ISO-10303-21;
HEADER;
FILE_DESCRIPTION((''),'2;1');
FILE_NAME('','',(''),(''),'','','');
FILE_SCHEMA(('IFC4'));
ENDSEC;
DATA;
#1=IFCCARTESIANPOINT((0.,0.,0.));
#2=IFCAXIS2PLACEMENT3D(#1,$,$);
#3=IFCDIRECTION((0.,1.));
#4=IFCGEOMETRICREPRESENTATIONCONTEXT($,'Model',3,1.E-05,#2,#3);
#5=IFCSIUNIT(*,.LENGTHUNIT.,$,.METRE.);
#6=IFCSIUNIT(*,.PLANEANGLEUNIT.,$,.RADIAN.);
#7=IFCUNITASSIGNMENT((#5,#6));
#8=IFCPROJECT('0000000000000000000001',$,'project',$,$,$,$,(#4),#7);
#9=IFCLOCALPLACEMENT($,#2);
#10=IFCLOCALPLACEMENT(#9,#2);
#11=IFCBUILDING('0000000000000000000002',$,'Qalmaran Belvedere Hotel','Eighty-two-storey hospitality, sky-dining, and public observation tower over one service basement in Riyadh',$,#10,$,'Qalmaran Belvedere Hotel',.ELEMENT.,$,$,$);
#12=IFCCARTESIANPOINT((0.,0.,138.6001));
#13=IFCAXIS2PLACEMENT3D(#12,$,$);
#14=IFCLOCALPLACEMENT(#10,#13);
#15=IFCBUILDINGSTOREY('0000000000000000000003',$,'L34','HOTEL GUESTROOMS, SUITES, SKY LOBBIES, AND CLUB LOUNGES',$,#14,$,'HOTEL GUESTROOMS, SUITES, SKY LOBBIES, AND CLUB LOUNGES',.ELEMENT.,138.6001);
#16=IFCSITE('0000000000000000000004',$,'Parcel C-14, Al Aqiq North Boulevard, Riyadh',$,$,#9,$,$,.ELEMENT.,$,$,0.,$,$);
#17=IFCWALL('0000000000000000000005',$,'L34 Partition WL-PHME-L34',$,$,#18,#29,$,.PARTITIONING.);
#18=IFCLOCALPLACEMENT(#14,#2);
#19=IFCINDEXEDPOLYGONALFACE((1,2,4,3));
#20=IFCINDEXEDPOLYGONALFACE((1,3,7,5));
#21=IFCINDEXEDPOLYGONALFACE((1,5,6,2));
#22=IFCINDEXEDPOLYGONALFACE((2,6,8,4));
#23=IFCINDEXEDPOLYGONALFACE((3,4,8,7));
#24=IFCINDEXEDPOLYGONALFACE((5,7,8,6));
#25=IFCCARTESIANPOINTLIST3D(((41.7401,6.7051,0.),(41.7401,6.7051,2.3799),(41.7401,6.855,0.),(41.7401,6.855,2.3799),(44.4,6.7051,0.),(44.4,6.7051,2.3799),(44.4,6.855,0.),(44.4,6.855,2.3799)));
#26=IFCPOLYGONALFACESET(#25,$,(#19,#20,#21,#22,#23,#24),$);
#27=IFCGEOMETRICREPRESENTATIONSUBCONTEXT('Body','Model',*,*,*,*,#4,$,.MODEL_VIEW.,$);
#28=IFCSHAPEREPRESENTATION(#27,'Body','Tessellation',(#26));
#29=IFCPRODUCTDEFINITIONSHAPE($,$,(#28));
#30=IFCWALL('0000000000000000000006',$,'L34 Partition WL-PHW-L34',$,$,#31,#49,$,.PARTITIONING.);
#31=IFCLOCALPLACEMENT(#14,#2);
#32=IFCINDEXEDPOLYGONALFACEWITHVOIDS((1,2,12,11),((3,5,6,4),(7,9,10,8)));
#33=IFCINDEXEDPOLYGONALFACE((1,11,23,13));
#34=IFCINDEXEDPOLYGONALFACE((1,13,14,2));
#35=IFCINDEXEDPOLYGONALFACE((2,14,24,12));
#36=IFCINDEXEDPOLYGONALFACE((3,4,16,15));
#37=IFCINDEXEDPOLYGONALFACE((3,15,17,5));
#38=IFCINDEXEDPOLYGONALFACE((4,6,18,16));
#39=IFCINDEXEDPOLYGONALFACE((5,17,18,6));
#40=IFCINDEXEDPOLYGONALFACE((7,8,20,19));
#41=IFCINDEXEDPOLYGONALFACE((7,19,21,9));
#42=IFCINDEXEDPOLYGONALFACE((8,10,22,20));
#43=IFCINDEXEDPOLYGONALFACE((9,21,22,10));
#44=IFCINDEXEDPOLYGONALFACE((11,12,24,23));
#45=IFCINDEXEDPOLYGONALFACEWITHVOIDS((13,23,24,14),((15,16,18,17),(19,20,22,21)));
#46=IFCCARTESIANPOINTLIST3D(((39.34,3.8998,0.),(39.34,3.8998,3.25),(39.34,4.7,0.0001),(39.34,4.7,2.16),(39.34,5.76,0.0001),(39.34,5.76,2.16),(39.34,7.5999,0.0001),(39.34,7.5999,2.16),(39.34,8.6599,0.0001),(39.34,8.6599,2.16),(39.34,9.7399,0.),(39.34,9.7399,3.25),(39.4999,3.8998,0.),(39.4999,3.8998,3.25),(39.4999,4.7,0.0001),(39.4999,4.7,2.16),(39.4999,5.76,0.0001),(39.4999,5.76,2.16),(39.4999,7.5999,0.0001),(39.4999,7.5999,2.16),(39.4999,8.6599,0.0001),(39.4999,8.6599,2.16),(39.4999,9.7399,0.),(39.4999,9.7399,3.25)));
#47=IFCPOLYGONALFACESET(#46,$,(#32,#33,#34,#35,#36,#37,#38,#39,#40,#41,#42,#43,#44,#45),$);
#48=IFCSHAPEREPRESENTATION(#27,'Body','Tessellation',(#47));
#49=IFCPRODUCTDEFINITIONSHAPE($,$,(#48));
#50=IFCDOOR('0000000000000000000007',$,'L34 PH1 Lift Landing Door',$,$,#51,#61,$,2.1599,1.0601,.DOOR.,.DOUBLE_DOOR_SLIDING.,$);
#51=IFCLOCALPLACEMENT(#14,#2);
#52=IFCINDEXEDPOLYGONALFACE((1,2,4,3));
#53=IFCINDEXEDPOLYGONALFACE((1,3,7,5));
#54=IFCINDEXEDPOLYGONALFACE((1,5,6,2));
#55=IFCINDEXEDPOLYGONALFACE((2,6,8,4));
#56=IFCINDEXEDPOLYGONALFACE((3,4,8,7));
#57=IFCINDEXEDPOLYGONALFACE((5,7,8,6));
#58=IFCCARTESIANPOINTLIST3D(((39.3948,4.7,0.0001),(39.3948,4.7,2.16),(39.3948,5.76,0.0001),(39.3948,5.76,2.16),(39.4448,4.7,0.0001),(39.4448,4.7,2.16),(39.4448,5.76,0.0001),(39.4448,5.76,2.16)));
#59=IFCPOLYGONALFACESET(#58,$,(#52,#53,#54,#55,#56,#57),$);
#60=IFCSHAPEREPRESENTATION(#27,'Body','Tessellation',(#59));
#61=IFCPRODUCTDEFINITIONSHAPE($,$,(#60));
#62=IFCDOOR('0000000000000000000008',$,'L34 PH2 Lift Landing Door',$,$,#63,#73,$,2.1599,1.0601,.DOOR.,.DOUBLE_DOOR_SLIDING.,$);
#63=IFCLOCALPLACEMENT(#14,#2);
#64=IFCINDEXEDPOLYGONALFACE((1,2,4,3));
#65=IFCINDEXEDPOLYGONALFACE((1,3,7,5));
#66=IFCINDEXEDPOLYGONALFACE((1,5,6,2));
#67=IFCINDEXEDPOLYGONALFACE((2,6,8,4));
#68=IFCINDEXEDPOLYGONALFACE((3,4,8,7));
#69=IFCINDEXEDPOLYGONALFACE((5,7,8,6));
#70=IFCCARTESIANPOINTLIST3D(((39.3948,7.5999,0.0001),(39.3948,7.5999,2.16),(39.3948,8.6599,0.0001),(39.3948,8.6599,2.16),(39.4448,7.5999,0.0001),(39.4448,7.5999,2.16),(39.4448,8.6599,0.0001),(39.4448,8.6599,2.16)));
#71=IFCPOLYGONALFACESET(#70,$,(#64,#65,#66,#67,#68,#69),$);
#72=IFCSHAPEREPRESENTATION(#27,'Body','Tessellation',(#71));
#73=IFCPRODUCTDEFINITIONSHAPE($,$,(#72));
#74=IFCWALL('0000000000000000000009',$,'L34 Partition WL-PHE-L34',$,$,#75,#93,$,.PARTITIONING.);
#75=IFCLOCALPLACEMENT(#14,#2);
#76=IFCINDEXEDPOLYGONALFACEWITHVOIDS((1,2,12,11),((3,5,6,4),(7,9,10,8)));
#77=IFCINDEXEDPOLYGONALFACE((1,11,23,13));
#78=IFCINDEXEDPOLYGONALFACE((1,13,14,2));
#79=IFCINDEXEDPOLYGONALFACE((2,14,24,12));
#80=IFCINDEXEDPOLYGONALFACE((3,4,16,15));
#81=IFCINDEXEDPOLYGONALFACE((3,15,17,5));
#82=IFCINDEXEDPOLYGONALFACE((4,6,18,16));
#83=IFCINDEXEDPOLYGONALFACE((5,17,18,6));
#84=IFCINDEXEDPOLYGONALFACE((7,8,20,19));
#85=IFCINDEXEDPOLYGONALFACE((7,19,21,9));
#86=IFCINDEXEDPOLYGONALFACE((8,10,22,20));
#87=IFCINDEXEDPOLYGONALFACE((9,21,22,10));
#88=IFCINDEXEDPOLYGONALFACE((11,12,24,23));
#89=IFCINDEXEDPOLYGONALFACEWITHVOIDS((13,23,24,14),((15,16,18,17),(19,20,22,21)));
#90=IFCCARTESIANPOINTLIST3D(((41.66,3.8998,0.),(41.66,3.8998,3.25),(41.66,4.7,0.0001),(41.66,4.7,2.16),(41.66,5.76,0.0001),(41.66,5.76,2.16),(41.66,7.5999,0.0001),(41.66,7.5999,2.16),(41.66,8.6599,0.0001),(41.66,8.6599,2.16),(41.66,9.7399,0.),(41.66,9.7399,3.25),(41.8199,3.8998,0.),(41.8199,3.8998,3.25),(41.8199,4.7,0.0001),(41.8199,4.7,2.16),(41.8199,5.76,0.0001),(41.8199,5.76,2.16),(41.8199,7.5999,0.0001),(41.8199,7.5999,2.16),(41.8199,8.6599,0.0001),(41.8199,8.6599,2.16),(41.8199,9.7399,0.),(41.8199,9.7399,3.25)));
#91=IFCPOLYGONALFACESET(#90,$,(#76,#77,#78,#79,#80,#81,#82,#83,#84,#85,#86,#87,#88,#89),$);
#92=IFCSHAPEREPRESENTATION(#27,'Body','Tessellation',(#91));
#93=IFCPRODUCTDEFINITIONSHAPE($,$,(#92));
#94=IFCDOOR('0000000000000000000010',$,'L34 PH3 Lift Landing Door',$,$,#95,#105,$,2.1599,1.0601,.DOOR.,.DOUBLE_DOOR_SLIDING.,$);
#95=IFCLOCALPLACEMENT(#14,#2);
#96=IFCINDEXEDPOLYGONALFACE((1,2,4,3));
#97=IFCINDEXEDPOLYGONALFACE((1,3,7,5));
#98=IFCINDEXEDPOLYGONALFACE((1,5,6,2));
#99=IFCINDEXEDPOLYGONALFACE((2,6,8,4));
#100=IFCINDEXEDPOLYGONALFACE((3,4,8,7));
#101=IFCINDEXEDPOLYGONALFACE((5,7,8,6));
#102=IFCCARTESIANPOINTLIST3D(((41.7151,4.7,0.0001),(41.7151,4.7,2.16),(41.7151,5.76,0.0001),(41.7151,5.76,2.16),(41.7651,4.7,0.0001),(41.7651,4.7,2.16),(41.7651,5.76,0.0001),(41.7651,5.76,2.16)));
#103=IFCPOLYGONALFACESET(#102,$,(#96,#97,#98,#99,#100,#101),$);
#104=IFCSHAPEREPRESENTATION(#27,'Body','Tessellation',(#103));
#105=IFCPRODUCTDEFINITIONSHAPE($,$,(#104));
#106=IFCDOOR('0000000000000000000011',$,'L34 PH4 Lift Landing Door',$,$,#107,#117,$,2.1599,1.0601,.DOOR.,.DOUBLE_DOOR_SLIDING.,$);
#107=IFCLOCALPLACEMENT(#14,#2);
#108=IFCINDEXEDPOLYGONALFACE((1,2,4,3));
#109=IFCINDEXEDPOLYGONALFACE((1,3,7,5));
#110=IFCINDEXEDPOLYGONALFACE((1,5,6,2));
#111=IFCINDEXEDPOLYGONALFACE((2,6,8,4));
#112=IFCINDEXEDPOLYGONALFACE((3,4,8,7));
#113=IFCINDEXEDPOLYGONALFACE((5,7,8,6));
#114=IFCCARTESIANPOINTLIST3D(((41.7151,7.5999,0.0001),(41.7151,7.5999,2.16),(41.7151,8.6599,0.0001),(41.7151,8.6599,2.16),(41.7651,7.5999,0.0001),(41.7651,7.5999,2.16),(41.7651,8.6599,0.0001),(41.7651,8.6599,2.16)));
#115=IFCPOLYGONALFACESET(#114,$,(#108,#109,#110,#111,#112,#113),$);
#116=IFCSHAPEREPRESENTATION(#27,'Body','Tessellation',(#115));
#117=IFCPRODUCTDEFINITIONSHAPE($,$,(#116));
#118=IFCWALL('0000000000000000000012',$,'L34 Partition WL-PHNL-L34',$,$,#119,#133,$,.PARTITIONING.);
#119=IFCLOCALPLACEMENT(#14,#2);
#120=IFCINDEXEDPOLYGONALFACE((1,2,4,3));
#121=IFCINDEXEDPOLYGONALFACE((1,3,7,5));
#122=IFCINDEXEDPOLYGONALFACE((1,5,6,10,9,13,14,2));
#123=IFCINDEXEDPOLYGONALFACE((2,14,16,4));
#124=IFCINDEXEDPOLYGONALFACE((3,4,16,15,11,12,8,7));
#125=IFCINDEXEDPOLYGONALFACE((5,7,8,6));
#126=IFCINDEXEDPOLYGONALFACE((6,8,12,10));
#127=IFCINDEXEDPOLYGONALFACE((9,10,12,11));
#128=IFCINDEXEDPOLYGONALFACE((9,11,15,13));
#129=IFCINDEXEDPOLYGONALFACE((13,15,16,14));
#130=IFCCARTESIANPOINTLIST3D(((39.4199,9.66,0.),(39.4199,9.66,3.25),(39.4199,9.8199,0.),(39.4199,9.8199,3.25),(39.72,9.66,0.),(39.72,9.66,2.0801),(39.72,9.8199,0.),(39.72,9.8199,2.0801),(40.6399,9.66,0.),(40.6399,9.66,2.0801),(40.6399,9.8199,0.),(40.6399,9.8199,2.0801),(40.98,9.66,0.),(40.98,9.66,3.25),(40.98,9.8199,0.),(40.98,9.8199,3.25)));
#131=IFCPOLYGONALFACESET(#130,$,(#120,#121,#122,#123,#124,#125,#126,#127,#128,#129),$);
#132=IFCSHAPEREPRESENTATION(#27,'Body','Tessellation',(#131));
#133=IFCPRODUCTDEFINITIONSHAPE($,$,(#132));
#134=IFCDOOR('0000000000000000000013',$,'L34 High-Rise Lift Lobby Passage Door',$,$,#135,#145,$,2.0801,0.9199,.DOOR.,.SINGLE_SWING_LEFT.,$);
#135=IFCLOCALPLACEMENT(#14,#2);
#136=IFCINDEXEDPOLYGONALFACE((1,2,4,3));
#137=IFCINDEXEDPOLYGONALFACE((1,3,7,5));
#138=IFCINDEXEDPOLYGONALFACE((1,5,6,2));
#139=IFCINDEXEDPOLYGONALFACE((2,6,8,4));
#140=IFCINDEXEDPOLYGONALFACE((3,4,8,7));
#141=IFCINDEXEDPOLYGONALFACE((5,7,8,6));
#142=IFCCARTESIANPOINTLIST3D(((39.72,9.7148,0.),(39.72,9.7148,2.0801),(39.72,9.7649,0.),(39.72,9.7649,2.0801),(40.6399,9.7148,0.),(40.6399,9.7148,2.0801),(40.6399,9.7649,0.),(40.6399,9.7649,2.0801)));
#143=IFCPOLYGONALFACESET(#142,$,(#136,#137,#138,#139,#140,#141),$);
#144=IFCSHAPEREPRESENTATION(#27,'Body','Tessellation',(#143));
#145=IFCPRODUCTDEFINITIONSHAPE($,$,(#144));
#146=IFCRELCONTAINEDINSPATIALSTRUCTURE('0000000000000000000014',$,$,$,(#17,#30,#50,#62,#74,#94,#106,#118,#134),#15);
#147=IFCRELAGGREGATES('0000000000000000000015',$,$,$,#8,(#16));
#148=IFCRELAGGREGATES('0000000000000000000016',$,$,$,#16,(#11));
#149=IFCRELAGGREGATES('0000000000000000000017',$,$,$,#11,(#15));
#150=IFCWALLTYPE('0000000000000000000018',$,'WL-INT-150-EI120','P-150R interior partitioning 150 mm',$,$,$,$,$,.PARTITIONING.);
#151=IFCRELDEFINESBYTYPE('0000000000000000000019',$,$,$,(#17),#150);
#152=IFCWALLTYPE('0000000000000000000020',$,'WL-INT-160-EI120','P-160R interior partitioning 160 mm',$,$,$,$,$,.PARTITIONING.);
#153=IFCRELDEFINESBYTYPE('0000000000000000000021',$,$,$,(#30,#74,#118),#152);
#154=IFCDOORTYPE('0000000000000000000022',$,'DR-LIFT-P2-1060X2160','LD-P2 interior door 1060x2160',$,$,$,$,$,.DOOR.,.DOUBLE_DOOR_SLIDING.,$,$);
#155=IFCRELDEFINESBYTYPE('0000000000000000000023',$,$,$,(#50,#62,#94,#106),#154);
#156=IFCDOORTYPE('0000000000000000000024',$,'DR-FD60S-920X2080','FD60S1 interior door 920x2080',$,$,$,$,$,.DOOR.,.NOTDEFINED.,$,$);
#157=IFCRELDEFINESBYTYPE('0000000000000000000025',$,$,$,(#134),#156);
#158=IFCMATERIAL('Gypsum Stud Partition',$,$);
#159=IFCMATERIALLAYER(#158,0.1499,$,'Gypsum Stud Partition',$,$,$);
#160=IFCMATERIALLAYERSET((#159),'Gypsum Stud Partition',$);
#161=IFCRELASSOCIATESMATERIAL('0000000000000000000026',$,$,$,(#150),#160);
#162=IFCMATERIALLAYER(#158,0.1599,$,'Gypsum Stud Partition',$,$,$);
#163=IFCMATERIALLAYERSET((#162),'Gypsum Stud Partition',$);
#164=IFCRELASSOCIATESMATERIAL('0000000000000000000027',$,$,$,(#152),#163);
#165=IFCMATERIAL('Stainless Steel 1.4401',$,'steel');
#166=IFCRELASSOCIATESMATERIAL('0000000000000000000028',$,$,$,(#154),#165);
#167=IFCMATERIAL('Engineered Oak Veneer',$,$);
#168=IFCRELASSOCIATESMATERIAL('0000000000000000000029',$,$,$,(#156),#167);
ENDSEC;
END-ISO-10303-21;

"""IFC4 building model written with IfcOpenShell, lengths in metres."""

from ifc_helpers import new_model, si_unit, direction, frame, frame_2d, origin, place, context, subcontext, project, spatial, rectangle, extrude, material, layer, layer_set, type_object, element, fill, save


model = new_model("IFC4")

# Units and contexts
model_context = context("Model", 3, precision=1e-05, world=origin(), true_north=direction((0.0, 1.0)))
body_context = subcontext(model_context, "Body", "Model", "MODEL_VIEW")
ifc_project = project(units=[si_unit("LENGTHUNIT", "METRE"), si_unit("PLANEANGLEUNIT", "RADIAN")], contexts=[model_context])

# Site, building, storey
site_placement = place(None, origin())
site = spatial("IfcSite", under=ifc_project, at=site_placement, Name="Parcel C-14, Al Aqiq North Boulevard, Riyadh", CompositionType="ELEMENT", RefElevation=0.0)
building_placement = place(site_placement, origin())
building = spatial("IfcBuilding", under=site, at=building_placement, Name="Qalmaran Belvedere Hotel", Description="Eighty-two-storey hospitality, sky-dining, and public observation tower over one service basement in Riyadh", LongName="Qalmaran Belvedere Hotel", CompositionType="ELEMENT")
storey_placement = place(building_placement, frame((0.0, 0.0, 138.6001)))
storey = spatial("IfcBuildingStorey", under=building, at=storey_placement, Name="L34", Description="HOTEL GUESTROOMS, SUITES, SKY LOBBIES, AND CLUB LOUNGES", LongName="HOTEL GUESTROOMS, SUITES, SKY LOBBIES, AND CLUB LOUNGES", CompositionType="ELEMENT", Elevation=138.6001)

# Wall
ifc_material_1 = material(Name="Gypsum Stud Partition")
ifc_layer_1 = layer(ifc_material_1, 0.1499, Name="Gypsum Stud Partition")
ifc_layer_set_1 = layer_set([ifc_layer_1], Name="Gypsum Stud Partition")
wall_type_1 = type_object("IfcWallType", Name="WL-INT-150-EI120", Description="P-150R interior partitioning 150 mm", PredefinedType="PARTITIONING", material=ifc_layer_set_1)
wall_1_placement = place(storey_placement, frame((41.74, 6.78, 0.0), z_axis=(0.0, 0.0, 1.0), x_axis=(1.0, 0.0, 0.0)))
element("IfcWall", 1, at=wall_1_placement, inside=storey, type_object=wall_type_1, Name="L34 Partition WL-PHME-L34", PredefinedType="PARTITIONING", context=body_context, shape_type="SweptSolid", body=[
    extrude(rectangle(XDim=2.6599, YDim=0.1499, at=frame_2d((1.3301, 0.0))), origin(), (0.0, 0.0, 1.0), 2.3799),
])

# Walls, openings, doors
ifc_layer_2 = layer(ifc_material_1, 0.1599, Name="Gypsum Stud Partition")
ifc_layer_set_2 = layer_set([ifc_layer_2], Name="Gypsum Stud Partition")
wall_type_2 = type_object("IfcWallType", Name="WL-INT-160-EI120", Description="P-160R interior partitioning 160 mm", PredefinedType="PARTITIONING", material=ifc_layer_set_2)
wall_2_placement = place(storey_placement, frame((39.4199, 3.8999, 0.0), z_axis=(0.0, 0.0, 1.0), x_axis=(0.0, 1.0, 0.0)))
wall_2 = element("IfcWall", 2, at=wall_2_placement, inside=storey, type_object=wall_type_2, Name="L34 Partition WL-PHW-L34", PredefinedType="PARTITIONING", context=body_context, shape_type="SweptSolid", body=[
    extrude(rectangle(XDim=5.8401, YDim=0.1599, at=frame_2d((2.9199, 0.0))), origin(), (0.0, 0.0, 1.0), 3.25),
])
opening_1_placement = place(wall_2_placement, frame((1.8601, 0.0, 0.0), z_axis=(0.0, 0.0, 1.0), x_axis=(-1.0, 0.0, 0.0)))
opening_1 = element("IfcOpeningElement", 3, at=opening_1_placement, cuts=wall_2, PredefinedType="OPENING", context=body_context, shape_type="SweptSolid", body=[
    extrude(rectangle(XDim=1.0601, YDim=2.1599, at=frame_2d((0.53, 1.0801))), frame((0.0, 0.0898, 0.0), z_axis=(0.0, -1.0, 0.0), x_axis=(1.0, 0.0, 0.0)), (0.0, 0.0, 1.0), 0.1799),
])
opening_2_placement = place(wall_2_placement, frame((4.76, 0.0, 0.0), z_axis=(0.0, 0.0, 1.0), x_axis=(-1.0, 0.0, 0.0)))
opening_2 = element("IfcOpeningElement", 4, at=opening_2_placement, cuts=wall_2, PredefinedType="OPENING", context=body_context, shape_type="SweptSolid", body=[
    extrude(rectangle(XDim=1.0601, YDim=2.1599, at=frame_2d((0.53, 1.0801))), frame((0.0, 0.0898, 0.0), z_axis=(0.0, -1.0, 0.0), x_axis=(1.0, 0.0, 0.0)), (0.0, 0.0, 1.0), 0.1799),
])
ifc_material_2 = material(Name="Stainless Steel 1.4401", Category="steel")
door_type_1 = type_object("IfcDoorType", Name="DR-LIFT-P2-1060X2160", Description="LD-P2 interior door 1060x2160", OperationType="DOUBLE_DOOR_SLIDING", PredefinedType="DOOR", material=ifc_material_2)
door_1_placement = place(opening_1_placement, origin())
door_1 = element("IfcDoor", 5, at=door_1_placement, inside=storey, type_object=door_type_1, Name="L34 PH1 Lift Landing Door", OperationType="DOUBLE_DOOR_SLIDING", OverallHeight=2.1599, OverallWidth=1.0601, PredefinedType="DOOR", context=body_context, shape_type="SweptSolid", body=[
    extrude(rectangle(XDim=1.0601, YDim=2.1599, at=frame_2d((0.53, 1.0801))), frame((0.0, 0.0249, 0.0), z_axis=(0.0, -1.0, 0.0), x_axis=(1.0, 0.0, 0.0)), (0.0, 0.0, 1.0), 0.05),
])
fill(opening_1, door_1)
door_2_placement = place(opening_2_placement, origin())
door_2 = element("IfcDoor", 6, at=door_2_placement, inside=storey, type_object=door_type_1, Name="L34 PH2 Lift Landing Door", OperationType="DOUBLE_DOOR_SLIDING", OverallHeight=2.1599, OverallWidth=1.0601, PredefinedType="DOOR", context=body_context, shape_type="SweptSolid", body=[
    extrude(rectangle(XDim=1.0601, YDim=2.1599, at=frame_2d((0.53, 1.0801))), frame((0.0, 0.0249, 0.0), z_axis=(0.0, -1.0, 0.0), x_axis=(1.0, 0.0, 0.0)), (0.0, 0.0, 1.0), 0.05),
])
fill(opening_2, door_2)
wall_3_placement = place(storey_placement, frame((41.74, 3.8999, 0.0), z_axis=(0.0, 0.0, 1.0), x_axis=(0.0, 1.0, 0.0)))
wall_3 = element("IfcWall", 7, at=wall_3_placement, inside=storey, type_object=wall_type_2, Name="L34 Partition WL-PHE-L34", PredefinedType="PARTITIONING", context=body_context, shape_type="SweptSolid", body=[
    extrude(rectangle(XDim=5.8401, YDim=0.1599, at=frame_2d((2.9199, 0.0))), origin(), (0.0, 0.0, 1.0), 3.25),
])
opening_3_placement = place(wall_3_placement, frame((0.8, 0.0, 0.0)))
opening_3 = element("IfcOpeningElement", 8, at=opening_3_placement, cuts=wall_3, PredefinedType="OPENING", context=body_context, shape_type="SweptSolid", body=[
    extrude(rectangle(XDim=1.0601, YDim=2.1599, at=frame_2d((0.53, 1.0801))), frame((0.0, 0.0898, 0.0), z_axis=(0.0, -1.0, 0.0), x_axis=(1.0, 0.0, 0.0)), (0.0, 0.0, 1.0), 0.1799),
])
opening_4_placement = place(wall_3_placement, frame((3.7, 0.0, 0.0)))
opening_4 = element("IfcOpeningElement", 9, at=opening_4_placement, cuts=wall_3, PredefinedType="OPENING", context=body_context, shape_type="SweptSolid", body=[
    extrude(rectangle(XDim=1.0601, YDim=2.1599, at=frame_2d((0.53, 1.0801))), frame((0.0, 0.0898, 0.0), z_axis=(0.0, -1.0, 0.0), x_axis=(1.0, 0.0, 0.0)), (0.0, 0.0, 1.0), 0.1799),
])
door_3_placement = place(opening_3_placement, origin())
door_3 = element("IfcDoor", 10, at=door_3_placement, inside=storey, type_object=door_type_1, Name="L34 PH3 Lift Landing Door", OperationType="DOUBLE_DOOR_SLIDING", OverallHeight=2.1599, OverallWidth=1.0601, PredefinedType="DOOR", context=body_context, shape_type="SweptSolid", body=[
    extrude(rectangle(XDim=1.0601, YDim=2.1599, at=frame_2d((0.53, 1.0801))), frame((0.0, 0.0249, 0.0), z_axis=(0.0, -1.0, 0.0), x_axis=(1.0, 0.0, 0.0)), (0.0, 0.0, 1.0), 0.05),
])
fill(opening_3, door_3)
door_4_placement = place(opening_4_placement, origin())
door_4 = element("IfcDoor", 11, at=door_4_placement, inside=storey, type_object=door_type_1, Name="L34 PH4 Lift Landing Door", OperationType="DOUBLE_DOOR_SLIDING", OverallHeight=2.1599, OverallWidth=1.0601, PredefinedType="DOOR", context=body_context, shape_type="SweptSolid", body=[
    extrude(rectangle(XDim=1.0601, YDim=2.1599, at=frame_2d((0.53, 1.0801))), frame((0.0, 0.0249, 0.0), z_axis=(0.0, -1.0, 0.0), x_axis=(1.0, 0.0, 0.0)), (0.0, 0.0, 1.0), 0.05),
])
fill(opening_4, door_4)

# Wall, opening, door
wall_4_placement = place(storey_placement, frame((39.4199, 9.74, 0.0), z_axis=(0.0, 0.0, 1.0), x_axis=(1.0, 0.0, 0.0)))
wall_4 = element("IfcWall", 12, at=wall_4_placement, inside=storey, type_object=wall_type_2, Name="L34 Partition WL-PHNL-L34", PredefinedType="PARTITIONING", context=body_context, shape_type="SweptSolid", body=[
    extrude(rectangle(XDim=1.5601, YDim=0.1599, at=frame_2d((0.78, 0.0))), origin(), (0.0, 0.0, 1.0), 3.25),
])
opening_5_placement = place(wall_4_placement, frame((0.3, 0.0, 0.0)))
opening_5 = element("IfcOpeningElement", 13, at=opening_5_placement, cuts=wall_4, PredefinedType="OPENING", context=body_context, shape_type="SweptSolid", body=[
    extrude(rectangle(XDim=0.9199, YDim=2.0801, at=frame_2d((0.46, 1.04))), frame((0.0, 0.0898, 0.0), z_axis=(0.0, -1.0, 0.0), x_axis=(1.0, 0.0, 0.0)), (0.0, 0.0, 1.0), 0.1799),
])
ifc_material_3 = material(Name="Engineered Oak Veneer")
door_type_2 = type_object("IfcDoorType", Name="DR-FD60S-920X2080", Description="FD60S1 interior door 920x2080", OperationType="NOTDEFINED", PredefinedType="DOOR", material=ifc_material_3)
door_5_placement = place(opening_5_placement, origin())
door_5 = element("IfcDoor", 14, at=door_5_placement, inside=storey, type_object=door_type_2, Name="L34 High-Rise Lift Lobby Passage Door", OperationType="SINGLE_SWING_LEFT", OverallHeight=2.0801, OverallWidth=0.9199, PredefinedType="DOOR", context=body_context, shape_type="SweptSolid", body=[
    extrude(rectangle(XDim=0.9199, YDim=2.0801, at=frame_2d((0.46, 1.04))), frame((0.0, 0.0249, 0.0), z_axis=(0.0, -1.0, 0.0), x_axis=(1.0, 0.0, 0.0)), (0.0, 0.0, 1.0), 0.05),
])
fill(opening_5, door_5)

save(model, "model.ifc")
